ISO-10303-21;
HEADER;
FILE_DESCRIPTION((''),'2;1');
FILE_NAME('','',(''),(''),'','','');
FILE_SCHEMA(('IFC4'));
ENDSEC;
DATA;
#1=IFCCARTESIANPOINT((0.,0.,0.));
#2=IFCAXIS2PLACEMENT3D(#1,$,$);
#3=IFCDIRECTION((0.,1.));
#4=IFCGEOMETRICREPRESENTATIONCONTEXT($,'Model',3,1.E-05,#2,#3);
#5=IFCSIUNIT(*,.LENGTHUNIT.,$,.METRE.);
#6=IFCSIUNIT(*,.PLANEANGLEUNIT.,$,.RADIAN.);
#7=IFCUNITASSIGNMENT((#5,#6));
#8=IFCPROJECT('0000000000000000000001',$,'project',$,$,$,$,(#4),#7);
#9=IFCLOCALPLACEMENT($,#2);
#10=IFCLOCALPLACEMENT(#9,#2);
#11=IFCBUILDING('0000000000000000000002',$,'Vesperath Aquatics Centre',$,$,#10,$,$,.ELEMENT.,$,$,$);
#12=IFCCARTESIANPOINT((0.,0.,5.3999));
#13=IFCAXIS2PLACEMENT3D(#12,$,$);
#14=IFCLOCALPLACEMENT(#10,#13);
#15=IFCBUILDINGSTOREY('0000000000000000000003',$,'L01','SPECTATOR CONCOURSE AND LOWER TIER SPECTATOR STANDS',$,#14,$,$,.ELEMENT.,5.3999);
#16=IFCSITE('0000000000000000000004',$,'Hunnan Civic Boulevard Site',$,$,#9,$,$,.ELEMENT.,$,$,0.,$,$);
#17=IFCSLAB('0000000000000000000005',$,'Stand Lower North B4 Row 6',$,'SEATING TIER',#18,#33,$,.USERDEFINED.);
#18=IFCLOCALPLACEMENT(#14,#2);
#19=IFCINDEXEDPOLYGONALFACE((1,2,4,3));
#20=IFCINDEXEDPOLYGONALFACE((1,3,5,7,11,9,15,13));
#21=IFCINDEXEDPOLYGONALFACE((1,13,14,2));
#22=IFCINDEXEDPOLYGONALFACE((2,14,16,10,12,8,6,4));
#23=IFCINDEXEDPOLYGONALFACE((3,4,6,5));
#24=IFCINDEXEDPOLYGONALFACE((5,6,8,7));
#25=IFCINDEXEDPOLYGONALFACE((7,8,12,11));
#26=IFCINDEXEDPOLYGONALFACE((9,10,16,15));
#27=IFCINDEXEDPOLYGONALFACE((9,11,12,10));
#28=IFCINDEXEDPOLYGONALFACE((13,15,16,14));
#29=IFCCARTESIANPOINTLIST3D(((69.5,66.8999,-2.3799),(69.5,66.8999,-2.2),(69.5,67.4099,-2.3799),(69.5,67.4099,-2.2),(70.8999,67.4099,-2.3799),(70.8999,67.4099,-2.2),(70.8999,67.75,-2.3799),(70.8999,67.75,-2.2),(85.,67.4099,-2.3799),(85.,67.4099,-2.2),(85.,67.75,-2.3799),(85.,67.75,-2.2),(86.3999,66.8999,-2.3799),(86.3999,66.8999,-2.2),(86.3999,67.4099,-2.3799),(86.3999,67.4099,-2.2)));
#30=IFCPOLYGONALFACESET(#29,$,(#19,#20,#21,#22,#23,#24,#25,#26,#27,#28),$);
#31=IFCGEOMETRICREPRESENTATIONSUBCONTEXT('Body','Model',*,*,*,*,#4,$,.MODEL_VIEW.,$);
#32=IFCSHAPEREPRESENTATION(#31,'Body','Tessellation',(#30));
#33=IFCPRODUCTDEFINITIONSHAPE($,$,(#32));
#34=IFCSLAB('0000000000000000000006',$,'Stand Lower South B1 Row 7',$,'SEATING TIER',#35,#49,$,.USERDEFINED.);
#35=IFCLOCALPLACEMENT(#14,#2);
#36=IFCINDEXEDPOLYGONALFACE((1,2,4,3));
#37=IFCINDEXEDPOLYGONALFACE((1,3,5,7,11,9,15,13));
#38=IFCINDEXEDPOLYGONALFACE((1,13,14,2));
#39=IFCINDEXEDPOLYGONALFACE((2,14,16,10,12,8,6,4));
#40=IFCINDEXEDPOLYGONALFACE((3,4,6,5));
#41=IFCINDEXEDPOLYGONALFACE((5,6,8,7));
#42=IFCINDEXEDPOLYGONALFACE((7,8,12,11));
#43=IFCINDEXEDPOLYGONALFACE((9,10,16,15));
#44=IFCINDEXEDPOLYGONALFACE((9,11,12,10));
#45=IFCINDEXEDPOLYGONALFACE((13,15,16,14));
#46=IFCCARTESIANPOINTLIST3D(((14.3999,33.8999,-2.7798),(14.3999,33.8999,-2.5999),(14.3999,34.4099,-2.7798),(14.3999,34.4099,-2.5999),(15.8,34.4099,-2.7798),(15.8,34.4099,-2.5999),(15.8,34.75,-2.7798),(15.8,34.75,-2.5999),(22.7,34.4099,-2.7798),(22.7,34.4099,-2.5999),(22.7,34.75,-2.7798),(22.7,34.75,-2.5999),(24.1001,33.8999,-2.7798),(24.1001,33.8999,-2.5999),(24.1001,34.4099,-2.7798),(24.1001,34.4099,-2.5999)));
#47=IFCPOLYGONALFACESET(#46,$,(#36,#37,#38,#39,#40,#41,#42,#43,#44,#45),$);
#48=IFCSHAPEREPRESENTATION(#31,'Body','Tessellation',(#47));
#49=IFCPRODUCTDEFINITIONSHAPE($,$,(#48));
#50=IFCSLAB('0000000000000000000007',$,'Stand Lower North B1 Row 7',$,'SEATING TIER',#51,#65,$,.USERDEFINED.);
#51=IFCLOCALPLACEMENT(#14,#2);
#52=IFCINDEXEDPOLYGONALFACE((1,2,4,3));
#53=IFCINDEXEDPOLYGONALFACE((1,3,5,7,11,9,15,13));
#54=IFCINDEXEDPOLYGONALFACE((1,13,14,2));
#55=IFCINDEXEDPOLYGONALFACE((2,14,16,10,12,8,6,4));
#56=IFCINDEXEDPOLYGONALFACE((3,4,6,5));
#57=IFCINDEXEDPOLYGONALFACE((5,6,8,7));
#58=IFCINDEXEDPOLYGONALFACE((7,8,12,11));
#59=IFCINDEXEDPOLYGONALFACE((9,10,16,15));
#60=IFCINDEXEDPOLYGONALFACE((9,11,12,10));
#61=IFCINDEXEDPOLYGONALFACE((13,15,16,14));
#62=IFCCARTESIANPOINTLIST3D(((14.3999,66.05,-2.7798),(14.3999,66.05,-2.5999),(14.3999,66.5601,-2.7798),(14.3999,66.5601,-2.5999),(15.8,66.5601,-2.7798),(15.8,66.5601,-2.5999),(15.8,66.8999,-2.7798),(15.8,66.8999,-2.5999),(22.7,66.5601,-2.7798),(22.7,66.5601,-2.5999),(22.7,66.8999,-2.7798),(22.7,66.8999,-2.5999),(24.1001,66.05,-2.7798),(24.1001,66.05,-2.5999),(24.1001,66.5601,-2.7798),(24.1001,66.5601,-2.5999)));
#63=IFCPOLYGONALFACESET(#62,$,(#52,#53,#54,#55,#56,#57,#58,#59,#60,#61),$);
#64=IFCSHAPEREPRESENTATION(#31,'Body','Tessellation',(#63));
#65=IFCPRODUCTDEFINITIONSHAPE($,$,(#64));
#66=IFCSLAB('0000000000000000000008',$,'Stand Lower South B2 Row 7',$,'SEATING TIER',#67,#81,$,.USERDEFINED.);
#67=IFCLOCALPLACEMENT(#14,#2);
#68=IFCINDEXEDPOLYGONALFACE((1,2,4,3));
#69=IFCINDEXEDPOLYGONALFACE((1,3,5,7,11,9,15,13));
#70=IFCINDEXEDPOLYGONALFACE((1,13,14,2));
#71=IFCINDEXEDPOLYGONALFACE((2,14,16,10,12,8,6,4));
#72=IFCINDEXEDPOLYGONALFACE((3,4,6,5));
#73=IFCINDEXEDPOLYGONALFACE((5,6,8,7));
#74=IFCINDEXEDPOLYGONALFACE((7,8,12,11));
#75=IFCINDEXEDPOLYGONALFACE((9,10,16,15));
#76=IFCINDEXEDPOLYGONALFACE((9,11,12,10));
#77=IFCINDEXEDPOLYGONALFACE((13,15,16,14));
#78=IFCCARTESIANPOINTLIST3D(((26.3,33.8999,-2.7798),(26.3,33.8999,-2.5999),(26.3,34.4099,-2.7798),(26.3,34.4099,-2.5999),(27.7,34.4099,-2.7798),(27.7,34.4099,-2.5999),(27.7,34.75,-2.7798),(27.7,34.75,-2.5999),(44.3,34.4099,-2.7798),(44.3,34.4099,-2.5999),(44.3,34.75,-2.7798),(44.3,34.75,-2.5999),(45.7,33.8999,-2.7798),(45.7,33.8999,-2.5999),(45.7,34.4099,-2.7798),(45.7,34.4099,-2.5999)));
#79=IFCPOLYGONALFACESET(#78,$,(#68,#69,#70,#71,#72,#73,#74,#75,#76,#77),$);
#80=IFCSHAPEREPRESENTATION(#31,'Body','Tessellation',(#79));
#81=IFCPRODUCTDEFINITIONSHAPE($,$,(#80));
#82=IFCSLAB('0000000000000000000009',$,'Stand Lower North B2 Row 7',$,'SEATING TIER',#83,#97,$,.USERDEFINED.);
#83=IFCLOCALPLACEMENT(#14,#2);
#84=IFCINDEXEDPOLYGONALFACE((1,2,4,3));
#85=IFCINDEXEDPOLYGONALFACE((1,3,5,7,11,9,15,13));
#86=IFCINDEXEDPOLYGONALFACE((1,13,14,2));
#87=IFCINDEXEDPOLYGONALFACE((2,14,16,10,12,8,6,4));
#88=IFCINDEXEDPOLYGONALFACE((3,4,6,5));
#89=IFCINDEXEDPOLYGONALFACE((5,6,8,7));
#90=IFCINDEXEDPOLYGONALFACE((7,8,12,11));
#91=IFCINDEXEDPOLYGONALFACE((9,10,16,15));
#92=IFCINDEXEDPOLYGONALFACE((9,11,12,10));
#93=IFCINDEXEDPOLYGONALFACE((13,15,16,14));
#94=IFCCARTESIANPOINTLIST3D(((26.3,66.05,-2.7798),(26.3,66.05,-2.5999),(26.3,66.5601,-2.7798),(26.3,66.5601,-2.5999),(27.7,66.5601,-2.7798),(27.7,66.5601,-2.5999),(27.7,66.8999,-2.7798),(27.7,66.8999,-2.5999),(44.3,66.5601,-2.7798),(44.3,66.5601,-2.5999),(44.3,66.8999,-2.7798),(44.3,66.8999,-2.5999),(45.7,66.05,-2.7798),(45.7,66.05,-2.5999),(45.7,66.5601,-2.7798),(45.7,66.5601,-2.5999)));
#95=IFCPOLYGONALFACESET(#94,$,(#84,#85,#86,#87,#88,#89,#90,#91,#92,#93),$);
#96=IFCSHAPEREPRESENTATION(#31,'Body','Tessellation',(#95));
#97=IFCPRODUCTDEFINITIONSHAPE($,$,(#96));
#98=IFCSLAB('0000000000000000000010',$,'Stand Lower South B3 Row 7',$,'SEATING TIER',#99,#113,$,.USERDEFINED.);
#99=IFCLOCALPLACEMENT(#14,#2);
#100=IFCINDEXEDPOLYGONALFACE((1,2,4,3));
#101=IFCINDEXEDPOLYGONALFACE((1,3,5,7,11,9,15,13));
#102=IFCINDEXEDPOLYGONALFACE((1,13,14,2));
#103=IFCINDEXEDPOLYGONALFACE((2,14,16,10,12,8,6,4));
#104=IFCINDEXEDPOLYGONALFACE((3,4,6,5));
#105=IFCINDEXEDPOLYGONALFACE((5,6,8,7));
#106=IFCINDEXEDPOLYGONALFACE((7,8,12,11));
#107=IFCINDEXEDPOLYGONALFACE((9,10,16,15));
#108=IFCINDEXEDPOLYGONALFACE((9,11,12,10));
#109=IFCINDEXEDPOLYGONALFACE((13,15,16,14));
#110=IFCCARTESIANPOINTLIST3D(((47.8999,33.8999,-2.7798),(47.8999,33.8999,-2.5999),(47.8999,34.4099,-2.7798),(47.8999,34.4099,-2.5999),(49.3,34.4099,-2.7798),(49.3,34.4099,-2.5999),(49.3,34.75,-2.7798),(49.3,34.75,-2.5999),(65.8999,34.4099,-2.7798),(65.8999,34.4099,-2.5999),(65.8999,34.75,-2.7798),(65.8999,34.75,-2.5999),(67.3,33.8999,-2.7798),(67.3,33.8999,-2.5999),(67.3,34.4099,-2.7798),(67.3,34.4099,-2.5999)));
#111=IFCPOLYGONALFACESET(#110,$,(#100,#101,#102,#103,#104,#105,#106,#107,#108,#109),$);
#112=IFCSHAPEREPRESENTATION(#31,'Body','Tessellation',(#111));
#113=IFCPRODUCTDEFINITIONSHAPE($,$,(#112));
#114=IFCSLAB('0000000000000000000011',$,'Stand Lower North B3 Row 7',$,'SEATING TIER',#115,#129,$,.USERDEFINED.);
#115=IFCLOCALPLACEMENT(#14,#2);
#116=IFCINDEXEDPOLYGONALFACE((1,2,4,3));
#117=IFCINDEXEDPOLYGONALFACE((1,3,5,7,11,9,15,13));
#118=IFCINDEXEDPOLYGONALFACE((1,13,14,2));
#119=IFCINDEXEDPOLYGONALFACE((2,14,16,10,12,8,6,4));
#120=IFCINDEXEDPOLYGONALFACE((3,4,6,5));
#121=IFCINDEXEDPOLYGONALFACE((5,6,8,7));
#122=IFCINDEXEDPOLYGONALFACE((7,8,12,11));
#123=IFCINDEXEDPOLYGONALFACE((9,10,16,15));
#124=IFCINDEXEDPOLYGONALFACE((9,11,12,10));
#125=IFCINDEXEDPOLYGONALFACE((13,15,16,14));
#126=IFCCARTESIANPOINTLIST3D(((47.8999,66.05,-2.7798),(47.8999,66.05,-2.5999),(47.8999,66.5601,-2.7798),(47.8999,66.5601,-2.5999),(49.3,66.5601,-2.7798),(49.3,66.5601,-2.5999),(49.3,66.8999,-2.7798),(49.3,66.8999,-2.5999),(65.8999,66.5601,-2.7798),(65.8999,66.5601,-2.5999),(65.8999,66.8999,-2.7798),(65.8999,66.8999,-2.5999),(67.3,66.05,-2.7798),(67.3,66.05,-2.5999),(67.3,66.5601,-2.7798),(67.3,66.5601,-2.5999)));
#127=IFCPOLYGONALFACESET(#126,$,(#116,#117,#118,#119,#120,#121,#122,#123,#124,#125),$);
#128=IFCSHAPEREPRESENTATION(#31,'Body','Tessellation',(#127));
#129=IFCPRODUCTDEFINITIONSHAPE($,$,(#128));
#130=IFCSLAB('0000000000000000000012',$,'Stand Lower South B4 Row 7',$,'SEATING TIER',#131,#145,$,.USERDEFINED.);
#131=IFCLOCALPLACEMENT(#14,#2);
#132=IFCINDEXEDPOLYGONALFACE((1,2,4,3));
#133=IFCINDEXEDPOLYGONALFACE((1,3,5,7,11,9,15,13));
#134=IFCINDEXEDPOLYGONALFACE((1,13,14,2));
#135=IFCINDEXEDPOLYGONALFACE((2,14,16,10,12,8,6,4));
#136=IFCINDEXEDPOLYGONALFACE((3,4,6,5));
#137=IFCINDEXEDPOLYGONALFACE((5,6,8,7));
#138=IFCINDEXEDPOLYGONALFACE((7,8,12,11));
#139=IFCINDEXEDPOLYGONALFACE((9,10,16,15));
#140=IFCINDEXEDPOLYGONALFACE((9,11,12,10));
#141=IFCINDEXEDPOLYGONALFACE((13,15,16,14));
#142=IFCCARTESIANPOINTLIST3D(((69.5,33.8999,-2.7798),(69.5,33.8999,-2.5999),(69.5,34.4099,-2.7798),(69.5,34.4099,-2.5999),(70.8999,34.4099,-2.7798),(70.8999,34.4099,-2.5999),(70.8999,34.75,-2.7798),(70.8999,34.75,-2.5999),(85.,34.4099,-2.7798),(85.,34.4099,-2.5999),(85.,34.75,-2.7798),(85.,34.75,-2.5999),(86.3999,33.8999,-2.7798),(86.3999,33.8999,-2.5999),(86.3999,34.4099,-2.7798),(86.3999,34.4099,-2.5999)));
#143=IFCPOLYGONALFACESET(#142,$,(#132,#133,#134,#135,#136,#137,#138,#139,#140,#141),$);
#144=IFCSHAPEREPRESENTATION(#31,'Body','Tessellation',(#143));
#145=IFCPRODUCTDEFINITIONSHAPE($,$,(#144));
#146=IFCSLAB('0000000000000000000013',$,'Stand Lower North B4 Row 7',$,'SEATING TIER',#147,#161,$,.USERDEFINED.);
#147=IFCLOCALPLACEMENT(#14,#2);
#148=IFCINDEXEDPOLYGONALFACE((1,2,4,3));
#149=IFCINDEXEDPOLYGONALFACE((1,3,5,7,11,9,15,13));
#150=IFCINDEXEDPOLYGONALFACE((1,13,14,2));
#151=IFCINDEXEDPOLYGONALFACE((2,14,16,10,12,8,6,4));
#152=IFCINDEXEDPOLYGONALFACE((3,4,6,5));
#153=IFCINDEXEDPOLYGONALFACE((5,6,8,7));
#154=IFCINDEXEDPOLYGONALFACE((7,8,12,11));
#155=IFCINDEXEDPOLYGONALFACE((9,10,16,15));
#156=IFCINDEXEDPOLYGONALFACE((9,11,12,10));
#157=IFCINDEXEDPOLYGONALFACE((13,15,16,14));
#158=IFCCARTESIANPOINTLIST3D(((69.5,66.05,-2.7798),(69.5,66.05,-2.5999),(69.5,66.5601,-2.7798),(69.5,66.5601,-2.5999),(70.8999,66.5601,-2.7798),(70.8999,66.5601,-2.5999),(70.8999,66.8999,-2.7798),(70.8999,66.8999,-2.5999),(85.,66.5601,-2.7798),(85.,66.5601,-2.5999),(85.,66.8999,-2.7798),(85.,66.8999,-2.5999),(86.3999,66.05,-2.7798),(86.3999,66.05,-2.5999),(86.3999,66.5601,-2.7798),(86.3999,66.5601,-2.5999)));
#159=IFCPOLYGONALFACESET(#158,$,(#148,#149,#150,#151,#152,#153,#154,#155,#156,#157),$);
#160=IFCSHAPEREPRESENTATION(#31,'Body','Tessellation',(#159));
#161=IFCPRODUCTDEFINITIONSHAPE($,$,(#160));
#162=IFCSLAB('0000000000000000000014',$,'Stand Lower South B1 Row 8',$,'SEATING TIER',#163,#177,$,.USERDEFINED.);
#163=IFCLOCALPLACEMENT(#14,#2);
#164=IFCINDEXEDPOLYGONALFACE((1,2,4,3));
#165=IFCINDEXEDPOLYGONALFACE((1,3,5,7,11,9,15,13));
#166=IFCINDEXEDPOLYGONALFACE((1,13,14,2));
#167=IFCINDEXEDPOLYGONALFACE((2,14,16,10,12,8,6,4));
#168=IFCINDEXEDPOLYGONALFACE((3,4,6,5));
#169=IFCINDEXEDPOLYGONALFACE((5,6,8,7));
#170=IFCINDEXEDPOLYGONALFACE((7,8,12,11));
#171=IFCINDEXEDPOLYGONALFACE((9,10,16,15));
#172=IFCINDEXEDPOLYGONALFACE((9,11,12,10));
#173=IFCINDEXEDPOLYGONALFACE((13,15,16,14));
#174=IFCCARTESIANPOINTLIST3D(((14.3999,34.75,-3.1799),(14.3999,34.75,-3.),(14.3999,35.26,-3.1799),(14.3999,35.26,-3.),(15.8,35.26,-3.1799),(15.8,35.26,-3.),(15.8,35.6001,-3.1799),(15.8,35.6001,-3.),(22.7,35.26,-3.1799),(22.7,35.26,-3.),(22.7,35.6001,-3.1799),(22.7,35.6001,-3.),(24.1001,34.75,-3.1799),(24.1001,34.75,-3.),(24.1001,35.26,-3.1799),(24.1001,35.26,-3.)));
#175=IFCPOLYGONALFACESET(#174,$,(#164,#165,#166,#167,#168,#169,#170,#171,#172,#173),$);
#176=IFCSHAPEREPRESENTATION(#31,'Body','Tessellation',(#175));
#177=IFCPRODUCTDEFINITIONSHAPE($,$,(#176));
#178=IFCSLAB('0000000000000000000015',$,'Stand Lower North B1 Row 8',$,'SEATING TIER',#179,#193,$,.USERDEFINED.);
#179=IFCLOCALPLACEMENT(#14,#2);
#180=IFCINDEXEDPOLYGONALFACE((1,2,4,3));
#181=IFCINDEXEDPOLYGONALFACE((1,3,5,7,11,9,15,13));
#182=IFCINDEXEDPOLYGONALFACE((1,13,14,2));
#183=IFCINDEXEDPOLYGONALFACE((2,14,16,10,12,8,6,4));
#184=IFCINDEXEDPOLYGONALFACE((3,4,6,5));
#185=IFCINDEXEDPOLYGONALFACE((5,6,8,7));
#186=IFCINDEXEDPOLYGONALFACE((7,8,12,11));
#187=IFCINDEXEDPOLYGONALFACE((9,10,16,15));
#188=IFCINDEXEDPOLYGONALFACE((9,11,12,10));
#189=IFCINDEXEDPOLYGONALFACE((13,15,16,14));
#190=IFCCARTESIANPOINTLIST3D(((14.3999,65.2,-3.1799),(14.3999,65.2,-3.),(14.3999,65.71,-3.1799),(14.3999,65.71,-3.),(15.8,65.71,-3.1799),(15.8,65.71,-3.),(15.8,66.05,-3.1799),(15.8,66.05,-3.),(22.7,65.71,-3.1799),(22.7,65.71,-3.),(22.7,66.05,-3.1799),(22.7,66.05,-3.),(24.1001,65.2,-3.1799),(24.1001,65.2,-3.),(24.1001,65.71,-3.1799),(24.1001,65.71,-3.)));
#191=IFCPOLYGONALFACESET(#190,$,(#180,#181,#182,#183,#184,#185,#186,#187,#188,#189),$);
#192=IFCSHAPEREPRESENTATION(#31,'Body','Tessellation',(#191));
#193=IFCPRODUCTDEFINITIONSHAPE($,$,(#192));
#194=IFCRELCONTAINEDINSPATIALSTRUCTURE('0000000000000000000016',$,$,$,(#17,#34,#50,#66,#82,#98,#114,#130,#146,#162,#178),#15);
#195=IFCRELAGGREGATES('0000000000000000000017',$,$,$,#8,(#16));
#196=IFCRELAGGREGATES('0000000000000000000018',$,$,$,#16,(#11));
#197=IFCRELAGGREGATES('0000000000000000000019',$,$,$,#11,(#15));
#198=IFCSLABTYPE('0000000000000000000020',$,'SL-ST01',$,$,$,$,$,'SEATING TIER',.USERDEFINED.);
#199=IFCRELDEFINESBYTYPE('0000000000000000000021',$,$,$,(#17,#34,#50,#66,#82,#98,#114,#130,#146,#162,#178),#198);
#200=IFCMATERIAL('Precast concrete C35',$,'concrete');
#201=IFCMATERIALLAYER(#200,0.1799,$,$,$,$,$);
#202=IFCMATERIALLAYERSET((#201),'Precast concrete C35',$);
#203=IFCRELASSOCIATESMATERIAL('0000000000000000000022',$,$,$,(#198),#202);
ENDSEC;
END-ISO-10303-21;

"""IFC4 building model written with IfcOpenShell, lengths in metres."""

from ifc_helpers import new_model, si_unit, direction, frame, origin, place, context, subcontext, project, spatial, polyline, outline, extrude, material, layer, layer_set, type_object, element, save


model = new_model("IFC4")

# Units and contexts
model_context = context("Model", 3, precision=1e-05, world=origin(), true_north=direction((0.0, 1.0)))
body_context = subcontext(model_context, "Body", "Model", "MODEL_VIEW")
ifc_project = project(units=[si_unit("LENGTHUNIT", "METRE"), si_unit("PLANEANGLEUNIT", "RADIAN")], contexts=[model_context])

# Site, building, storey
site_placement = place(None, origin())
site = spatial("IfcSite", under=ifc_project, at=site_placement, Name="Hunnan Civic Boulevard Site", CompositionType="ELEMENT", RefElevation=0.0)
building_placement = place(site_placement, origin())
building = spatial("IfcBuilding", under=site, at=building_placement, Name="Vesperath Aquatics Centre", CompositionType="ELEMENT")
storey_placement = place(building_placement, frame((0.0, 0.0, 5.3999)))
storey = spatial("IfcBuildingStorey", under=building, at=storey_placement, Name="L01", Description="SPECTATOR CONCOURSE AND LOWER TIER SPECTATOR STANDS", CompositionType="ELEMENT", Elevation=5.3999)

# Slabs
ifc_material = material(Name="Precast concrete C35", Category="concrete")
ifc_layer = layer(ifc_material, 0.1799)
ifc_layer_set = layer_set([ifc_layer], Name="Precast concrete C35")
slab_type = type_object("IfcSlabType", Name="SL-ST01", ElementType="SEATING TIER", PredefinedType="USERDEFINED", material=ifc_layer_set)
slab_1_placement = place(storey_placement, frame((0.0, 0.0, -2.3799)))
element("IfcSlab", 1, at=slab_1_placement, inside=storey, type_object=slab_type, Name="Stand Lower North B4 Row 6", ObjectType="SEATING TIER", PredefinedType="USERDEFINED", context=body_context, shape_type="SweptSolid", body=[
    extrude(outline(polyline([(69.5, 66.8999), (86.3999, 66.8999), (86.3999, 67.4099), (85.0, 67.4099), (85.0, 67.75), (70.8999, 67.75), (70.8999, 67.4099), (69.5, 67.4099), (69.5, 66.8999)])), origin(), (0.0, 0.0, 1.0), 0.1799),
])
slab_2_placement = place(storey_placement, frame((0.0, 0.0, -2.7798)))
element("IfcSlab", 2, at=slab_2_placement, inside=storey, type_object=slab_type, Name="Stand Lower South B1 Row 7", ObjectType="SEATING TIER", PredefinedType="USERDEFINED", context=body_context, shape_type="SweptSolid", body=[
    extrude(outline(polyline([(14.3999, 33.8999), (24.1001, 33.8999), (24.1001, 34.4099), (22.7, 34.4099), (22.7, 34.75), (15.8, 34.75), (15.8, 34.4099), (14.3999, 34.4099), (14.3999, 33.8999)])), origin(), (0.0, 0.0, 1.0), 0.1799),
])
slab_3_placement = place(storey_placement, frame((0.0, 0.0, -2.7798)))
element("IfcSlab", 3, at=slab_3_placement, inside=storey, type_object=slab_type, Name="Stand Lower North B1 Row 7", ObjectType="SEATING TIER", PredefinedType="USERDEFINED", context=body_context, shape_type="SweptSolid", body=[
    extrude(outline(polyline([(14.3999, 66.05), (24.1001, 66.05), (24.1001, 66.5601), (22.7, 66.5601), (22.7, 66.8999), (15.8, 66.8999), (15.8, 66.5601), (14.3999, 66.5601), (14.3999, 66.05)])), origin(), (0.0, 0.0, 1.0), 0.1799),
])
slab_4_placement = place(storey_placement, frame((0.0, 0.0, -2.7798)))
element("IfcSlab", 4, at=slab_4_placement, inside=storey, type_object=slab_type, Name="Stand Lower South B2 Row 7", ObjectType="SEATING TIER", PredefinedType="USERDEFINED", context=body_context, shape_type="SweptSolid", body=[
    extrude(outline(polyline([(26.3, 33.8999), (45.7, 33.8999), (45.7, 34.4099), (44.3, 34.4099), (44.3, 34.75), (27.7, 34.75), (27.7, 34.4099), (26.3, 34.4099), (26.3, 33.8999)])), origin(), (0.0, 0.0, 1.0), 0.1799),
])
slab_5_placement = place(storey_placement, frame((0.0, 0.0, -2.7798)))
element("IfcSlab", 5, at=slab_5_placement, inside=storey, type_object=slab_type, Name="Stand Lower North B2 Row 7", ObjectType="SEATING TIER", PredefinedType="USERDEFINED", context=body_context, shape_type="SweptSolid", body=[
    extrude(outline(polyline([(26.3, 66.05), (45.7, 66.05), (45.7, 66.5601), (44.3, 66.5601), (44.3, 66.8999), (27.7, 66.8999), (27.7, 66.5601), (26.3, 66.5601), (26.3, 66.05)])), origin(), (0.0, 0.0, 1.0), 0.1799),
])
slab_6_placement = place(storey_placement, frame((0.0, 0.0, -2.7798)))
element("IfcSlab", 6, at=slab_6_placement, inside=storey, type_object=slab_type, Name="Stand Lower South B3 Row 7", ObjectType="SEATING TIER", PredefinedType="USERDEFINED", context=body_context, shape_type="SweptSolid", body=[
    extrude(outline(polyline([(47.8999, 33.8999), (67.3, 33.8999), (67.3, 34.4099), (65.8999, 34.4099), (65.8999, 34.75), (49.3, 34.75), (49.3, 34.4099), (47.8999, 34.4099), (47.8999, 33.8999)])), origin(), (0.0, 0.0, 1.0), 0.1799),
])
slab_7_placement = place(storey_placement, frame((0.0, 0.0, -2.7798)))
element("IfcSlab", 7, at=slab_7_placement, inside=storey, type_object=slab_type, Name="Stand Lower North B3 Row 7", ObjectType="SEATING TIER", PredefinedType="USERDEFINED", context=body_context, shape_type="SweptSolid", body=[
    extrude(outline(polyline([(47.8999, 66.05), (67.3, 66.05), (67.3, 66.5601), (65.8999, 66.5601), (65.8999, 66.8999), (49.3, 66.8999), (49.3, 66.5601), (47.8999, 66.5601), (47.8999, 66.05)])), origin(), (0.0, 0.0, 1.0), 0.1799),
])
slab_8_placement = place(storey_placement, frame((0.0, 0.0, -2.7798)))
element("IfcSlab", 8, at=slab_8_placement, inside=storey, type_object=slab_type, Name="Stand Lower South B4 Row 7", ObjectType="SEATING TIER", PredefinedType="USERDEFINED", context=body_context, shape_type="SweptSolid", body=[
    extrude(outline(polyline([(69.5, 33.8999), (86.3999, 33.8999), (86.3999, 34.4099), (85.0, 34.4099), (85.0, 34.75), (70.8999, 34.75), (70.8999, 34.4099), (69.5, 34.4099), (69.5, 33.8999)])), origin(), (0.0, 0.0, 1.0), 0.1799),
])
slab_9_placement = place(storey_placement, frame((0.0, 0.0, -2.7798)))
element("IfcSlab", 9, at=slab_9_placement, inside=storey, type_object=slab_type, Name="Stand Lower North B4 Row 7", ObjectType="SEATING TIER", PredefinedType="USERDEFINED", context=body_context, shape_type="SweptSolid", body=[
    extrude(outline(polyline([(69.5, 66.05), (86.3999, 66.05), (86.3999, 66.5601), (85.0, 66.5601), (85.0, 66.8999), (70.8999, 66.8999), (70.8999, 66.5601), (69.5, 66.5601), (69.5, 66.05)])), origin(), (0.0, 0.0, 1.0), 0.1799),
])
slab_10_placement = place(storey_placement, frame((0.0, 0.0, -3.1799)))
element("IfcSlab", 10, at=slab_10_placement, inside=storey, type_object=slab_type, Name="Stand Lower South B1 Row 8", ObjectType="SEATING TIER", PredefinedType="USERDEFINED", context=body_context, shape_type="SweptSolid", body=[
    extrude(outline(polyline([(14.3999, 34.75), (24.1001, 34.75), (24.1001, 35.26), (22.7, 35.26), (22.7, 35.6001), (15.8, 35.6001), (15.8, 35.26), (14.3999, 35.26), (14.3999, 34.75)])), origin(), (0.0, 0.0, 1.0), 0.1799),
])
slab_11_placement = place(storey_placement, frame((0.0, 0.0, -3.1799)))
element("IfcSlab", 11, at=slab_11_placement, inside=storey, type_object=slab_type, Name="Stand Lower North B1 Row 8", ObjectType="SEATING TIER", PredefinedType="USERDEFINED", context=body_context, shape_type="SweptSolid", body=[
    extrude(outline(polyline([(14.3999, 65.2), (24.1001, 65.2), (24.1001, 65.71), (22.7, 65.71), (22.7, 66.05), (15.8, 66.05), (15.8, 65.71), (14.3999, 65.71), (14.3999, 65.2)])), origin(), (0.0, 0.0, 1.0), 0.1799),
])

save(model, "model.ifc")
